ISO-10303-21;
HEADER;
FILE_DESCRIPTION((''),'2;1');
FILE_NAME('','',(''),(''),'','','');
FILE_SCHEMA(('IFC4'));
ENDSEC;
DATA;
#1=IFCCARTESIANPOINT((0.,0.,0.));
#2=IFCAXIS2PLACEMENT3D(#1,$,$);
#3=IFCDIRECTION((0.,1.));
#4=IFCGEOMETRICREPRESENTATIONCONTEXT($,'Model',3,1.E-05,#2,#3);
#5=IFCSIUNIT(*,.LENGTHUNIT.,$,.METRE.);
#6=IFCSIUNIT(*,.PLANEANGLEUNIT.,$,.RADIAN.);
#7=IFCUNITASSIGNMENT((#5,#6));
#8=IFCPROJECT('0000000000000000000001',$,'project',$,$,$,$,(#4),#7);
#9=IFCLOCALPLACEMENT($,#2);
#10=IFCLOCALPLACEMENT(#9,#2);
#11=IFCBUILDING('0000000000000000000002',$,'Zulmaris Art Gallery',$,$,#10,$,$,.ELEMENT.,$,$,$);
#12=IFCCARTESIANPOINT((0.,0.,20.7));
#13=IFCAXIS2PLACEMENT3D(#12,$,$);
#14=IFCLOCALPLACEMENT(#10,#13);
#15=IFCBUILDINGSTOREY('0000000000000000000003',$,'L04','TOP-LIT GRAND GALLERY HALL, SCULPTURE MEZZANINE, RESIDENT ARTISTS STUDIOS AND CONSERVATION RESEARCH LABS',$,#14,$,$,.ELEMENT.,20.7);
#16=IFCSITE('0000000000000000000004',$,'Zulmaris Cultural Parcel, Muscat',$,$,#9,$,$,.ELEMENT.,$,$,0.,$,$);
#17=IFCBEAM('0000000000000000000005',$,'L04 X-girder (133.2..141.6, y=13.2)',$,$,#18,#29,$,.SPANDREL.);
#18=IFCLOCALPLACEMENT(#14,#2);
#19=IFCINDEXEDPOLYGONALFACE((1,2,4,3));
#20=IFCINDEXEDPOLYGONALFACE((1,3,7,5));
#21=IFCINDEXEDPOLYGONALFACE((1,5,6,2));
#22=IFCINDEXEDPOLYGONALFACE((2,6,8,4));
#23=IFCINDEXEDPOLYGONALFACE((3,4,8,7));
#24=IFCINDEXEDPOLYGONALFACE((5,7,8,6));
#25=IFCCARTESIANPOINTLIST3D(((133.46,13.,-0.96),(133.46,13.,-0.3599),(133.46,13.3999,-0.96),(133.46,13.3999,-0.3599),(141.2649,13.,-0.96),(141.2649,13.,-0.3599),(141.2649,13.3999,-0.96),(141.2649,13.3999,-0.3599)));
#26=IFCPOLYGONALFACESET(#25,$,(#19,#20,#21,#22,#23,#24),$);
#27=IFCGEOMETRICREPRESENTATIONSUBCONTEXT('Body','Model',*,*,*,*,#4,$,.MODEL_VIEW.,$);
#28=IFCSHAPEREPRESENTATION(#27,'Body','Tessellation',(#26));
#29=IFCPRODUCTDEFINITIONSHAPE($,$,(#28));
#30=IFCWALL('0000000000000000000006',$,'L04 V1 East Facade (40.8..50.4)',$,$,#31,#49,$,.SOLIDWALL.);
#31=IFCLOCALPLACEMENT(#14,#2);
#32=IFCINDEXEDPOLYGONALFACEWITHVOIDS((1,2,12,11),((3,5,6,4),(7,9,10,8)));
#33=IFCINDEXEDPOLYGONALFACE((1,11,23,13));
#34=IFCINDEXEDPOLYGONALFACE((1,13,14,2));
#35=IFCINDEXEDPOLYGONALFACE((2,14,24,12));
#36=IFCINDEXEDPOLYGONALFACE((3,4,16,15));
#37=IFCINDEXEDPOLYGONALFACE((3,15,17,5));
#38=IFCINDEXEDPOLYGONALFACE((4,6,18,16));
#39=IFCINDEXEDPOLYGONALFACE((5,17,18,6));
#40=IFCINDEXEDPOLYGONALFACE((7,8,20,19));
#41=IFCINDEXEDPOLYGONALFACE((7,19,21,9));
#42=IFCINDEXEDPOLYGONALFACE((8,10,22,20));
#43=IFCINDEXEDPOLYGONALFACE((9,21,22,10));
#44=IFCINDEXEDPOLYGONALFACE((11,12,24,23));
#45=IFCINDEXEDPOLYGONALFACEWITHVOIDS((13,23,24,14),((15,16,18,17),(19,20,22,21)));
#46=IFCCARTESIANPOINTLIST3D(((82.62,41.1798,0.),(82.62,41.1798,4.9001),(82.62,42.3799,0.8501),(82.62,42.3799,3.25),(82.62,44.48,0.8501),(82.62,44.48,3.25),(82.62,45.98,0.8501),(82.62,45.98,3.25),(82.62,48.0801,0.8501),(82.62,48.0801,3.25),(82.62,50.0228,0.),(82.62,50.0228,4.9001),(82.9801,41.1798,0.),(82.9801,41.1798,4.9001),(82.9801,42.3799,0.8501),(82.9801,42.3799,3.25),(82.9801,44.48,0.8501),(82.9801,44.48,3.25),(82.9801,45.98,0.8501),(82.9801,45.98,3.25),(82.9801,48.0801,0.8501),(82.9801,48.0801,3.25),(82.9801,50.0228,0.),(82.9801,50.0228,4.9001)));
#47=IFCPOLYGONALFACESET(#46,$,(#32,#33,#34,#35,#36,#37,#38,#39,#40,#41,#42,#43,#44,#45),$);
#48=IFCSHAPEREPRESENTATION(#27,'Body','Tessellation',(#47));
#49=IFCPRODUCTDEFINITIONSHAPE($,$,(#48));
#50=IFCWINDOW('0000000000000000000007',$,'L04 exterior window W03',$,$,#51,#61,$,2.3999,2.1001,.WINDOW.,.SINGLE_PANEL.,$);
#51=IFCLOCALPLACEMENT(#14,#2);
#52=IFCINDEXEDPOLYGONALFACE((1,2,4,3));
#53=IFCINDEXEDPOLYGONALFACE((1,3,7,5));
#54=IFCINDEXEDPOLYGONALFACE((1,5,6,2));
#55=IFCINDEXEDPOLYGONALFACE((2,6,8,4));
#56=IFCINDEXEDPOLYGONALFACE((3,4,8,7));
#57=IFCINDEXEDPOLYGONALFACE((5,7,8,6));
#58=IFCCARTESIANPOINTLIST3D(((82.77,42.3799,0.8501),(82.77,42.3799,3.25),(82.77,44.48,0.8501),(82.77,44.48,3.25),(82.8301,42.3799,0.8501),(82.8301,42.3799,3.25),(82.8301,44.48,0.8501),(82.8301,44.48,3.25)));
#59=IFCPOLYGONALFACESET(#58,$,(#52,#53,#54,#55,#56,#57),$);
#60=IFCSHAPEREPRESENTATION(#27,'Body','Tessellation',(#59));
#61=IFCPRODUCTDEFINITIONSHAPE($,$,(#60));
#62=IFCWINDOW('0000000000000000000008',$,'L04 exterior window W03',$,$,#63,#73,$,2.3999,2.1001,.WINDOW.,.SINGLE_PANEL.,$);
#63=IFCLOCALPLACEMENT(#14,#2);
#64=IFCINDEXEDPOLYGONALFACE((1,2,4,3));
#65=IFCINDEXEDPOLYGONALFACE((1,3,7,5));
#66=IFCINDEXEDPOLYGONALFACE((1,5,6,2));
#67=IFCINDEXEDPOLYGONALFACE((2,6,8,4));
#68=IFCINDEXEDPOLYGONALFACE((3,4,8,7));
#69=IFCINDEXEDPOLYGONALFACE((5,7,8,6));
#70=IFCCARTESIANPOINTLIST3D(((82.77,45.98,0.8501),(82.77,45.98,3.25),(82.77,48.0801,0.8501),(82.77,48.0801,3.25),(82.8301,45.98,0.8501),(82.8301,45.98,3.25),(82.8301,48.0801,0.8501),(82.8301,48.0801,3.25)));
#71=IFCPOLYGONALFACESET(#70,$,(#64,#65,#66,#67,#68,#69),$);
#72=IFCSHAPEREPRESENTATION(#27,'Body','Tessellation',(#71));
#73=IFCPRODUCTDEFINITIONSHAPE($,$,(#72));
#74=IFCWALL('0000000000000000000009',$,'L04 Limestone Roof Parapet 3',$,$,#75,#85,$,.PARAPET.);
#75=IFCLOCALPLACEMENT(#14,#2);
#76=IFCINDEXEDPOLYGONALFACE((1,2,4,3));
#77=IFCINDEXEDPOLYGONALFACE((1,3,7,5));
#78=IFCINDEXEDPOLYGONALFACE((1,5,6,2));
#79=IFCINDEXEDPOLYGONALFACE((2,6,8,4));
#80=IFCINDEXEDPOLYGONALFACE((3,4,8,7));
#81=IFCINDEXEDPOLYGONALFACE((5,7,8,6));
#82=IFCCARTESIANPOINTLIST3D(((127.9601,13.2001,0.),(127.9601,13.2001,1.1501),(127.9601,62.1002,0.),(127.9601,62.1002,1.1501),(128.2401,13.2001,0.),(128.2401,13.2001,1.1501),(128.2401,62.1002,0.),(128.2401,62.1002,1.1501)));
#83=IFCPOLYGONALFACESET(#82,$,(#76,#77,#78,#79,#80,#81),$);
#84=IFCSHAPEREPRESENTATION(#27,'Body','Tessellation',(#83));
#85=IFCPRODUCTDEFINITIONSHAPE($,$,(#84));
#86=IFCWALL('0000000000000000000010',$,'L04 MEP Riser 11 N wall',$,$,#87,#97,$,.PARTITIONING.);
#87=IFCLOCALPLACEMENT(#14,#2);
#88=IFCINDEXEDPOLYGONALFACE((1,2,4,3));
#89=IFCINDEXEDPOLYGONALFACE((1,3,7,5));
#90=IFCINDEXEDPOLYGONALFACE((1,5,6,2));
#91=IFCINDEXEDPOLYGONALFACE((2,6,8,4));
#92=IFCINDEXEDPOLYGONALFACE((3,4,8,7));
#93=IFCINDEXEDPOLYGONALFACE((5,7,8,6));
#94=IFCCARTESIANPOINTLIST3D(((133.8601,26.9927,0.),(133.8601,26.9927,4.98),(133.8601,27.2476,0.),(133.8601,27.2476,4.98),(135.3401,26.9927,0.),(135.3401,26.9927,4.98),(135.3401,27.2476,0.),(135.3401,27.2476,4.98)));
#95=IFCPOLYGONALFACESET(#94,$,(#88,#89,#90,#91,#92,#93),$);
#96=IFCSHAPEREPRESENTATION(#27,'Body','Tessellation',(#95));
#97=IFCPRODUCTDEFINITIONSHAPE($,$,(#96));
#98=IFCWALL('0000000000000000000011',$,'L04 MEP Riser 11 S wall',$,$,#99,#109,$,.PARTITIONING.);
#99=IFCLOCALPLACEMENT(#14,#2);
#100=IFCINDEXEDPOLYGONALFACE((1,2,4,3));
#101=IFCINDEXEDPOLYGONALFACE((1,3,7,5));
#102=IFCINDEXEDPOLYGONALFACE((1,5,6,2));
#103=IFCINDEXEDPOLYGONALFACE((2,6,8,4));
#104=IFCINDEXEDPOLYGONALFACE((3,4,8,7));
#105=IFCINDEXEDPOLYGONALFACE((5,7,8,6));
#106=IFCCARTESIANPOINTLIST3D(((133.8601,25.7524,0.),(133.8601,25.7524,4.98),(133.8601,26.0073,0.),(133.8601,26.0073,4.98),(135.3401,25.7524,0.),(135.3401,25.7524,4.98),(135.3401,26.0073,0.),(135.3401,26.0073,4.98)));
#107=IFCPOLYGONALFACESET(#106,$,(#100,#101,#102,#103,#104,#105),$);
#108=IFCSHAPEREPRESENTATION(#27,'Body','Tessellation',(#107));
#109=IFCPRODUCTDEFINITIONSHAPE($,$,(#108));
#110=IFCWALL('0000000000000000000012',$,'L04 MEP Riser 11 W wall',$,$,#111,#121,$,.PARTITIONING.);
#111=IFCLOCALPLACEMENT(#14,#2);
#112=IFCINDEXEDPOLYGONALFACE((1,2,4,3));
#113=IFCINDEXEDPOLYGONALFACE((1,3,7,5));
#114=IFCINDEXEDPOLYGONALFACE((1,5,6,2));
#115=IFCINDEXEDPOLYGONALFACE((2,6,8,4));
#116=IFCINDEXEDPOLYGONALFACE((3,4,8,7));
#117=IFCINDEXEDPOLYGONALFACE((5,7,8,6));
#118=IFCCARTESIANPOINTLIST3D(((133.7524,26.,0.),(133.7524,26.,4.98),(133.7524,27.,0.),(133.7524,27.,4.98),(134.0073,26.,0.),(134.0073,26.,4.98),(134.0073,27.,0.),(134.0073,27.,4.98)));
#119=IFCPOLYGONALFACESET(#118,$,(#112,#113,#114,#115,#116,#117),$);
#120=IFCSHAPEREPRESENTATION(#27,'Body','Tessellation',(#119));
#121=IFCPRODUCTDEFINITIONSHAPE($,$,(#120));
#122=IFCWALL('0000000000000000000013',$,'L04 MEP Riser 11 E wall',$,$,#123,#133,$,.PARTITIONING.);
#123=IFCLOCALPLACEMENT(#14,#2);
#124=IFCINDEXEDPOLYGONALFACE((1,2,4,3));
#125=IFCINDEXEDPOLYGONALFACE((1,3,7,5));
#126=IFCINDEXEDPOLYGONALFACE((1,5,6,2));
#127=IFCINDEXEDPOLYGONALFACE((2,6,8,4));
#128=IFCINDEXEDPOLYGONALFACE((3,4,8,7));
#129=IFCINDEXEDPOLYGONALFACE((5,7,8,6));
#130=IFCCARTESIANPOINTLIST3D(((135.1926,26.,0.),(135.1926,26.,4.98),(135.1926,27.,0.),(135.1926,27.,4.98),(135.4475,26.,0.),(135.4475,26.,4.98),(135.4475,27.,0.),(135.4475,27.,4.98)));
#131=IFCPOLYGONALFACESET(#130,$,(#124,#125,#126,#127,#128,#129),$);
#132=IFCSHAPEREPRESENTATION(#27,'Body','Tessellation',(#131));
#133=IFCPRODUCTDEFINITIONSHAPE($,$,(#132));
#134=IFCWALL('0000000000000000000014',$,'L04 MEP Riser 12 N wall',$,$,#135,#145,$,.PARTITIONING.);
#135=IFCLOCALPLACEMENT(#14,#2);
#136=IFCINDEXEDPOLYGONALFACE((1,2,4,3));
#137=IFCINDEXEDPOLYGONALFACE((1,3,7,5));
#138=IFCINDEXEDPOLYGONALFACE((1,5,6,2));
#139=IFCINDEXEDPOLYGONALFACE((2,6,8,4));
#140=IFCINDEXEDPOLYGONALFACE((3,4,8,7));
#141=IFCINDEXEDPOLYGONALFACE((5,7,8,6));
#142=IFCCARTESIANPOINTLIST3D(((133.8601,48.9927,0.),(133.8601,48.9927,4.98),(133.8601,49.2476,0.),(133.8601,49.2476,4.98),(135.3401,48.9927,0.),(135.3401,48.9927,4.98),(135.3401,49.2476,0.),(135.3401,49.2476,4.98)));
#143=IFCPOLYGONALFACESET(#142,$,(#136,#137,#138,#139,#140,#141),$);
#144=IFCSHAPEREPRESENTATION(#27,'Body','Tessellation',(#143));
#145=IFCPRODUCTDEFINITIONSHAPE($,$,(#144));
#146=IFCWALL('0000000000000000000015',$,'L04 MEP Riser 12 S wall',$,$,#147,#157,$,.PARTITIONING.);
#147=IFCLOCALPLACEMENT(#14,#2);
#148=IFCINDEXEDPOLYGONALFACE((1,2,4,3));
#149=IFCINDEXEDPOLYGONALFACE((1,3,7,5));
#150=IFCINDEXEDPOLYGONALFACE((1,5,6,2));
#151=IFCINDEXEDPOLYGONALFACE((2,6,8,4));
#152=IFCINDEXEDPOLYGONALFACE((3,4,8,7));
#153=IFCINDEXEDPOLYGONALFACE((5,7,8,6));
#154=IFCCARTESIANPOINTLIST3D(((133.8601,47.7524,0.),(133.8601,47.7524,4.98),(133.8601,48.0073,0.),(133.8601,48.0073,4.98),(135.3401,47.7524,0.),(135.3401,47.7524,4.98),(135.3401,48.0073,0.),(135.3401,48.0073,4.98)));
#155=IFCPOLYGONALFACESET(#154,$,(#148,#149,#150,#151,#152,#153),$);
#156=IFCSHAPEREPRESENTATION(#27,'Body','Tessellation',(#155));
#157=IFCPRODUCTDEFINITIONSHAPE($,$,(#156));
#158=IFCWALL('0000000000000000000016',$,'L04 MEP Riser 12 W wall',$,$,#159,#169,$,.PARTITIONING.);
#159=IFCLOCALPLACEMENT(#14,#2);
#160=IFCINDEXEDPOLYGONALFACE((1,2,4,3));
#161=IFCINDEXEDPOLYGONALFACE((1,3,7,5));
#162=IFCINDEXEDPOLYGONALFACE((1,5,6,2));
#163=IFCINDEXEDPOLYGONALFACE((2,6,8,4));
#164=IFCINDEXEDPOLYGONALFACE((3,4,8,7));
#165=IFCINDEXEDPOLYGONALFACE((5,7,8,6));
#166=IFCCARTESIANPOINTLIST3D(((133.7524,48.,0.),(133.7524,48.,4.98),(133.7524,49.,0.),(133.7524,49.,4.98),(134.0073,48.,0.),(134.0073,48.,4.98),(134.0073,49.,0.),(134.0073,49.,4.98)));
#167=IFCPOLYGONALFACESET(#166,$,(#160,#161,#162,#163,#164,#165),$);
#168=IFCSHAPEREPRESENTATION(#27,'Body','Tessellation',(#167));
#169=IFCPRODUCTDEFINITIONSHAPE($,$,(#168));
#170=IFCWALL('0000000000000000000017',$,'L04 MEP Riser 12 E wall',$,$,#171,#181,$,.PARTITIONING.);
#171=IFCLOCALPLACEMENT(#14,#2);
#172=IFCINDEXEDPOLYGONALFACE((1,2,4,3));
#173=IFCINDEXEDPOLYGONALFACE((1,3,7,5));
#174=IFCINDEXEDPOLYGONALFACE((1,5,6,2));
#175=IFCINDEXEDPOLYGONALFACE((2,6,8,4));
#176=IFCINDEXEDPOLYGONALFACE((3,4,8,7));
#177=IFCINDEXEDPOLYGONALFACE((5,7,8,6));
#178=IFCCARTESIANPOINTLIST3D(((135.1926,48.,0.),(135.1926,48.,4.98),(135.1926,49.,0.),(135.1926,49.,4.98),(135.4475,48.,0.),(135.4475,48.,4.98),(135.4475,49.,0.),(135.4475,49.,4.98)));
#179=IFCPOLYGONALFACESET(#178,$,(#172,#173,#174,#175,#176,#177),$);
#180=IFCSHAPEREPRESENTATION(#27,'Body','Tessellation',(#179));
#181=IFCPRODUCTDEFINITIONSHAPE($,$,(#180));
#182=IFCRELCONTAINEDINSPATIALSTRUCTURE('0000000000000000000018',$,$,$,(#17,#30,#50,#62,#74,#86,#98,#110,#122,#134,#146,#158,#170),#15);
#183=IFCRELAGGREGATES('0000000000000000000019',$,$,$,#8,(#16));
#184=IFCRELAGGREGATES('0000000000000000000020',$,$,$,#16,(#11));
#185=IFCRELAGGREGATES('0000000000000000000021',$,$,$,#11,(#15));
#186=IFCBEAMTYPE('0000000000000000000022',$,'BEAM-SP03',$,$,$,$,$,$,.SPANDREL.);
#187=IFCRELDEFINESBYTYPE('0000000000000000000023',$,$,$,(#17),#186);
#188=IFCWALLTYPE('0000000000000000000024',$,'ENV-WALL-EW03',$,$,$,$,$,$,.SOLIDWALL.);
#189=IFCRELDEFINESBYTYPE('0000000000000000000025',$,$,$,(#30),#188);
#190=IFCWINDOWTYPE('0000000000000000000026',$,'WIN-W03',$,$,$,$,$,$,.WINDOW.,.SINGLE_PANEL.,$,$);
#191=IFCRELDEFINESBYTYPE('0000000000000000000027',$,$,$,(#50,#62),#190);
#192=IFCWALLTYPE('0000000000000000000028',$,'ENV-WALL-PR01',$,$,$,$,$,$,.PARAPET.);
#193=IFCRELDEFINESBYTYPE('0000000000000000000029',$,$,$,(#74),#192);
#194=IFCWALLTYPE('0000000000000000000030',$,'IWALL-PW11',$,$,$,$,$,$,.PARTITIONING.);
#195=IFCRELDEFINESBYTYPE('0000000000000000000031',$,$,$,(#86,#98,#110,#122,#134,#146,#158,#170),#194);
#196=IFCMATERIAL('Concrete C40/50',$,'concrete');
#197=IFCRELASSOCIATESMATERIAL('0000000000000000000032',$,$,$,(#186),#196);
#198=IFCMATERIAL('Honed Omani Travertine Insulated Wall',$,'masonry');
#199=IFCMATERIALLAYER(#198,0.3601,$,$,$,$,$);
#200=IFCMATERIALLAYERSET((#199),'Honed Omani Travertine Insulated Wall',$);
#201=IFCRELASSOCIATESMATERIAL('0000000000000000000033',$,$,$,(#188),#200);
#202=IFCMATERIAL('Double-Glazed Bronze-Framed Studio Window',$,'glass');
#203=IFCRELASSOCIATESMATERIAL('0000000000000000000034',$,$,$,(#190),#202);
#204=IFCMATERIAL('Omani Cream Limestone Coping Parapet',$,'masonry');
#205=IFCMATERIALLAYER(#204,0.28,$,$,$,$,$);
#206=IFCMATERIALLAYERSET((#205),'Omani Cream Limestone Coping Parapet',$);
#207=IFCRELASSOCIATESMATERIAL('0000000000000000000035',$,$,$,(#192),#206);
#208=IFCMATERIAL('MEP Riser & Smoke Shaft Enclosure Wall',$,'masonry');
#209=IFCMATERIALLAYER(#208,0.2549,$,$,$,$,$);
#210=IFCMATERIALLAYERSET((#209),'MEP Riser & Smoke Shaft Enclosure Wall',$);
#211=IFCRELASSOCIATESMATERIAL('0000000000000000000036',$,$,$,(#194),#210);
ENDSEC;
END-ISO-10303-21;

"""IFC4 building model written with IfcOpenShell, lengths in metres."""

from ifc_helpers import new_model, si_unit, direction, frame, frame_2d, origin, origin_2d, place, context, subcontext, project, spatial, rectangle, extrude, material, layer, layer_set, material_profile, profile_set, type_object, element, fill, save


model = new_model("IFC4")

# Units and contexts
model_context = context("Model", 3, precision=1e-05, world=origin(), true_north=direction((0.0, 1.0)))
body_context = subcontext(model_context, "Body", "Model", "MODEL_VIEW")
ifc_project = project(units=[si_unit("LENGTHUNIT", "METRE"), si_unit("PLANEANGLEUNIT", "RADIAN")], contexts=[model_context])

# Site, building, storey
site_placement = place(None, origin())
site = spatial("IfcSite", under=ifc_project, at=site_placement, Name="Zulmaris Cultural Parcel, Muscat", CompositionType="ELEMENT", RefElevation=0.0)
building_placement = place(site_placement, origin())
building = spatial("IfcBuilding", under=site, at=building_placement, Name="Zulmaris Art Gallery", CompositionType="ELEMENT")
storey_placement = place(building_placement, frame((0.0, 0.0, 20.7)))
storey = spatial("IfcBuildingStorey", under=building, at=storey_placement, Name="L04", Description="TOP-LIT GRAND GALLERY HALL, SCULPTURE MEZZANINE, RESIDENT ARTISTS STUDIOS AND CONSERVATION RESEARCH LABS", CompositionType="ELEMENT", Elevation=20.7)

# Beam
ifc_material_1 = material(Name="Concrete C40/50", Category="concrete")
ifc_material_profile_1 = material_profile(ifc_material_1, rectangle(XDim=0.3999, YDim=0.6001, at=origin_2d()), Name="RC 400x600")
ifc_profile_set_1 = profile_set([ifc_material_profile_1], Name="Concrete C40/50")
beam_type_1 = type_object("IfcBeamType", Name="BEAM-SP03", PredefinedType="SPANDREL", material=ifc_profile_set_1)
beam_1_placement = place(storey_placement, frame((133.46, 13.2, -0.6599), z_axis=(1.0, 0.0, 0.0), x_axis=(0.0, 1.0, 0.0)))
element("IfcBeam", 1, at=beam_1_placement, inside=storey, type_object=beam_type_1, Name="L04 X-girder (133.2..141.6, y=13.2)", PredefinedType="SPANDREL", context=body_context, shape_type="SweptSolid", body=[
    extrude(rectangle(XDim=0.3999, YDim=0.6001, at=origin_2d()), origin(), (0.0, 0.0, 1.0), 7.8049),
])

# Wall, openings, windows
ifc_material_2 = material(Name="Honed Omani Travertine Insulated Wall", Category="masonry")
ifc_layer_1 = layer(ifc_material_2, 0.3601)
ifc_layer_set_1 = layer_set([ifc_layer_1], Name="Honed Omani Travertine Insulated Wall")
wall_type_1 = type_object("IfcWallType", Name="ENV-WALL-EW03", PredefinedType="SOLIDWALL", material=ifc_layer_set_1)
wall_1_placement = place(storey_placement, frame((82.8, 41.1799, 0.0), z_axis=(0.0, 0.0, 1.0), x_axis=(0.0, 1.0, 0.0)))
wall_1 = element("IfcWall", 2, at=wall_1_placement, inside=storey, type_object=wall_type_1, Name="L04 V1 East Facade (40.8..50.4)", PredefinedType="SOLIDWALL", context=body_context, shape_type="SweptSolid", body=[
    extrude(rectangle(XDim=8.843, YDim=0.3601, at=frame_2d((4.4214, 0.0))), origin(), (0.0, 0.0, 1.0), 4.9001),
])
opening_1_placement = place(wall_1_placement, frame((1.2, 0.0, 0.8501)))
opening_1 = element("IfcOpeningElement", 3, at=opening_1_placement, cuts=wall_1, PredefinedType="OPENING", context=body_context, shape_type="SweptSolid", body=[
    extrude(rectangle(XDim=2.1001, YDim=2.3999, at=frame_2d((1.05, 1.2))), frame((0.0, 0.1899, 0.0), z_axis=(0.0, -1.0, 0.0), x_axis=(1.0, 0.0, 0.0)), (0.0, 0.0, 1.0), 0.3801),
])
opening_2_placement = place(wall_1_placement, frame((4.8, 0.0, 0.8501)))
opening_2 = element("IfcOpeningElement", 4, at=opening_2_placement, cuts=wall_1, PredefinedType="OPENING", context=body_context, shape_type="SweptSolid", body=[
    extrude(rectangle(XDim=2.1001, YDim=2.3999, at=frame_2d((1.05, 1.2))), frame((0.0, 0.1899, 0.0), z_axis=(0.0, -1.0, 0.0), x_axis=(1.0, 0.0, 0.0)), (0.0, 0.0, 1.0), 0.3801),
])
ifc_material_3 = material(Name="Double-Glazed Bronze-Framed Studio Window", Category="glass")
window_type = type_object("IfcWindowType", Name="WIN-W03", PartitioningType="SINGLE_PANEL", PredefinedType="WINDOW", material=ifc_material_3)
window_1_placement = place(opening_1_placement, origin())
window_1 = element("IfcWindow", 5, at=window_1_placement, inside=storey, type_object=window_type, Name="L04 exterior window W03", OverallHeight=2.3999, OverallWidth=2.1001, PartitioningType="SINGLE_PANEL", PredefinedType="WINDOW", context=body_context, shape_type="SweptSolid", body=[
    extrude(rectangle(XDim=2.1001, YDim=2.3999, at=frame_2d((1.05, 1.2))), frame((0.0, 0.03, 0.0), z_axis=(0.0, -1.0, 0.0), x_axis=(1.0, 0.0, 0.0)), (0.0, 0.0, 1.0), 0.0601),
])
fill(opening_1, window_1)
window_2_placement = place(opening_2_placement, origin())
window_2 = element("IfcWindow", 6, at=window_2_placement, inside=storey, type_object=window_type, Name="L04 exterior window W03", OverallHeight=2.3999, OverallWidth=2.1001, PartitioningType="SINGLE_PANEL", PredefinedType="WINDOW", context=body_context, shape_type="SweptSolid", body=[
    extrude(rectangle(XDim=2.1001, YDim=2.3999, at=frame_2d((1.05, 1.2))), frame((0.0, 0.03, 0.0), z_axis=(0.0, -1.0, 0.0), x_axis=(1.0, 0.0, 0.0)), (0.0, 0.0, 1.0), 0.0601),
])
fill(opening_2, window_2)

# Walls
ifc_material_4 = material(Name="Omani Cream Limestone Coping Parapet", Category="masonry")
ifc_layer_2 = layer(ifc_material_4, 0.28)
ifc_layer_set_2 = layer_set([ifc_layer_2], Name="Omani Cream Limestone Coping Parapet")
wall_type_2 = type_object("IfcWallType", Name="ENV-WALL-PR01", PredefinedType="PARAPET", material=ifc_layer_set_2)
wall_2_placement = place(storey_placement, frame((128.1001, 13.2, 0.0), z_axis=(0.0, 0.0, 1.0), x_axis=(0.0, 1.0, 0.0)))
element("IfcWall", 7, at=wall_2_placement, inside=storey, type_object=wall_type_2, Name="L04 Limestone Roof Parapet 3", PredefinedType="PARAPET", context=body_context, shape_type="SweptSolid", body=[
    extrude(rectangle(XDim=48.9001, YDim=0.28, at=frame_2d((24.4502, 0.0))), origin(), (0.0, 0.0, 1.0), 1.1501),
])
ifc_material_5 = material(Name="MEP Riser & Smoke Shaft Enclosure Wall", Category="masonry")
ifc_layer_3 = layer(ifc_material_5, 0.2549)
ifc_layer_set_3 = layer_set([ifc_layer_3], Name="MEP Riser & Smoke Shaft Enclosure Wall")
wall_type_3 = type_object("IfcWallType", Name="IWALL-PW11", PredefinedType="PARTITIONING", material=ifc_layer_set_3)
for number, where, z_axis, x_axis, name in (
    (8, (133.8601, 27.1201, 0.0), (0.0, 0.0, 1.0), (1.0, 0.0, 0.0), "L04 MEP Riser 11 N wall"),
    (9, (133.8601, 25.8799, 0.0), (0.0, 0.0, 1.0), (1.0, 0.0, 0.0), "L04 MEP Riser 11 S wall"),
):
    element("IfcWall", number, at=place(storey_placement, frame(where, z_axis=z_axis, x_axis=x_axis)), inside=storey, type_object=wall_type_3, Name=name, PredefinedType="PARTITIONING", context=body_context, shape_type="SweptSolid", body=[
        extrude(rectangle(XDim=1.48, YDim=0.2549, at=frame_2d((0.74, 0.0))), origin(), (0.0, 0.0, 1.0), 4.98),
    ])
for number, where, z_axis, x_axis, name in (
    (10, (133.8799, 26.0, 0.0), (0.0, 0.0, 1.0), (0.0, 1.0, 0.0), "L04 MEP Riser 11 W wall"),
    (11, (135.3201, 26.0, 0.0), (0.0, 0.0, 1.0), (0.0, 1.0, 0.0), "L04 MEP Riser 11 E wall"),
):
    element("IfcWall", number, at=place(storey_placement, frame(where, z_axis=z_axis, x_axis=x_axis)), inside=storey, type_object=wall_type_3, Name=name, PredefinedType="PARTITIONING", context=body_context, shape_type="SweptSolid", body=[
        extrude(rectangle(XDim=1.0, YDim=0.2549, at=frame_2d((0.5, 0.0))), origin(), (0.0, 0.0, 1.0), 4.98),
    ])
for number, where, z_axis, x_axis, name in (
    (12, (133.8601, 49.1201, 0.0), (0.0, 0.0, 1.0), (1.0, 0.0, 0.0), "L04 MEP Riser 12 N wall"),
    (13, (133.8601, 47.8799, 0.0), (0.0, 0.0, 1.0), (1.0, 0.0, 0.0), "L04 MEP Riser 12 S wall"),
):
    element("IfcWall", number, at=place(storey_placement, frame(where, z_axis=z_axis, x_axis=x_axis)), inside=storey, type_object=wall_type_3, Name=name, PredefinedType="PARTITIONING", context=body_context, shape_type="SweptSolid", body=[
        extrude(rectangle(XDim=1.48, YDim=0.2549, at=frame_2d((0.74, 0.0))), origin(), (0.0, 0.0, 1.0), 4.98),
    ])
for number, where, z_axis, x_axis, name in (
    (14, (133.8799, 48.0, 0.0), (0.0, 0.0, 1.0), (0.0, 1.0, 0.0), "L04 MEP Riser 12 W wall"),
    (15, (135.3201, 48.0, 0.0), (0.0, 0.0, 1.0), (0.0, 1.0, 0.0), "L04 MEP Riser 12 E wall"),
):
    element("IfcWall", number, at=place(storey_placement, frame(where, z_axis=z_axis, x_axis=x_axis)), inside=storey, type_object=wall_type_3, Name=name, PredefinedType="PARTITIONING", context=body_context, shape_type="SweptSolid", body=[
        extrude(rectangle(XDim=1.0, YDim=0.2549, at=frame_2d((0.5, 0.0))), origin(), (0.0, 0.0, 1.0), 4.98),
    ])

save(model, "model.ifc")
